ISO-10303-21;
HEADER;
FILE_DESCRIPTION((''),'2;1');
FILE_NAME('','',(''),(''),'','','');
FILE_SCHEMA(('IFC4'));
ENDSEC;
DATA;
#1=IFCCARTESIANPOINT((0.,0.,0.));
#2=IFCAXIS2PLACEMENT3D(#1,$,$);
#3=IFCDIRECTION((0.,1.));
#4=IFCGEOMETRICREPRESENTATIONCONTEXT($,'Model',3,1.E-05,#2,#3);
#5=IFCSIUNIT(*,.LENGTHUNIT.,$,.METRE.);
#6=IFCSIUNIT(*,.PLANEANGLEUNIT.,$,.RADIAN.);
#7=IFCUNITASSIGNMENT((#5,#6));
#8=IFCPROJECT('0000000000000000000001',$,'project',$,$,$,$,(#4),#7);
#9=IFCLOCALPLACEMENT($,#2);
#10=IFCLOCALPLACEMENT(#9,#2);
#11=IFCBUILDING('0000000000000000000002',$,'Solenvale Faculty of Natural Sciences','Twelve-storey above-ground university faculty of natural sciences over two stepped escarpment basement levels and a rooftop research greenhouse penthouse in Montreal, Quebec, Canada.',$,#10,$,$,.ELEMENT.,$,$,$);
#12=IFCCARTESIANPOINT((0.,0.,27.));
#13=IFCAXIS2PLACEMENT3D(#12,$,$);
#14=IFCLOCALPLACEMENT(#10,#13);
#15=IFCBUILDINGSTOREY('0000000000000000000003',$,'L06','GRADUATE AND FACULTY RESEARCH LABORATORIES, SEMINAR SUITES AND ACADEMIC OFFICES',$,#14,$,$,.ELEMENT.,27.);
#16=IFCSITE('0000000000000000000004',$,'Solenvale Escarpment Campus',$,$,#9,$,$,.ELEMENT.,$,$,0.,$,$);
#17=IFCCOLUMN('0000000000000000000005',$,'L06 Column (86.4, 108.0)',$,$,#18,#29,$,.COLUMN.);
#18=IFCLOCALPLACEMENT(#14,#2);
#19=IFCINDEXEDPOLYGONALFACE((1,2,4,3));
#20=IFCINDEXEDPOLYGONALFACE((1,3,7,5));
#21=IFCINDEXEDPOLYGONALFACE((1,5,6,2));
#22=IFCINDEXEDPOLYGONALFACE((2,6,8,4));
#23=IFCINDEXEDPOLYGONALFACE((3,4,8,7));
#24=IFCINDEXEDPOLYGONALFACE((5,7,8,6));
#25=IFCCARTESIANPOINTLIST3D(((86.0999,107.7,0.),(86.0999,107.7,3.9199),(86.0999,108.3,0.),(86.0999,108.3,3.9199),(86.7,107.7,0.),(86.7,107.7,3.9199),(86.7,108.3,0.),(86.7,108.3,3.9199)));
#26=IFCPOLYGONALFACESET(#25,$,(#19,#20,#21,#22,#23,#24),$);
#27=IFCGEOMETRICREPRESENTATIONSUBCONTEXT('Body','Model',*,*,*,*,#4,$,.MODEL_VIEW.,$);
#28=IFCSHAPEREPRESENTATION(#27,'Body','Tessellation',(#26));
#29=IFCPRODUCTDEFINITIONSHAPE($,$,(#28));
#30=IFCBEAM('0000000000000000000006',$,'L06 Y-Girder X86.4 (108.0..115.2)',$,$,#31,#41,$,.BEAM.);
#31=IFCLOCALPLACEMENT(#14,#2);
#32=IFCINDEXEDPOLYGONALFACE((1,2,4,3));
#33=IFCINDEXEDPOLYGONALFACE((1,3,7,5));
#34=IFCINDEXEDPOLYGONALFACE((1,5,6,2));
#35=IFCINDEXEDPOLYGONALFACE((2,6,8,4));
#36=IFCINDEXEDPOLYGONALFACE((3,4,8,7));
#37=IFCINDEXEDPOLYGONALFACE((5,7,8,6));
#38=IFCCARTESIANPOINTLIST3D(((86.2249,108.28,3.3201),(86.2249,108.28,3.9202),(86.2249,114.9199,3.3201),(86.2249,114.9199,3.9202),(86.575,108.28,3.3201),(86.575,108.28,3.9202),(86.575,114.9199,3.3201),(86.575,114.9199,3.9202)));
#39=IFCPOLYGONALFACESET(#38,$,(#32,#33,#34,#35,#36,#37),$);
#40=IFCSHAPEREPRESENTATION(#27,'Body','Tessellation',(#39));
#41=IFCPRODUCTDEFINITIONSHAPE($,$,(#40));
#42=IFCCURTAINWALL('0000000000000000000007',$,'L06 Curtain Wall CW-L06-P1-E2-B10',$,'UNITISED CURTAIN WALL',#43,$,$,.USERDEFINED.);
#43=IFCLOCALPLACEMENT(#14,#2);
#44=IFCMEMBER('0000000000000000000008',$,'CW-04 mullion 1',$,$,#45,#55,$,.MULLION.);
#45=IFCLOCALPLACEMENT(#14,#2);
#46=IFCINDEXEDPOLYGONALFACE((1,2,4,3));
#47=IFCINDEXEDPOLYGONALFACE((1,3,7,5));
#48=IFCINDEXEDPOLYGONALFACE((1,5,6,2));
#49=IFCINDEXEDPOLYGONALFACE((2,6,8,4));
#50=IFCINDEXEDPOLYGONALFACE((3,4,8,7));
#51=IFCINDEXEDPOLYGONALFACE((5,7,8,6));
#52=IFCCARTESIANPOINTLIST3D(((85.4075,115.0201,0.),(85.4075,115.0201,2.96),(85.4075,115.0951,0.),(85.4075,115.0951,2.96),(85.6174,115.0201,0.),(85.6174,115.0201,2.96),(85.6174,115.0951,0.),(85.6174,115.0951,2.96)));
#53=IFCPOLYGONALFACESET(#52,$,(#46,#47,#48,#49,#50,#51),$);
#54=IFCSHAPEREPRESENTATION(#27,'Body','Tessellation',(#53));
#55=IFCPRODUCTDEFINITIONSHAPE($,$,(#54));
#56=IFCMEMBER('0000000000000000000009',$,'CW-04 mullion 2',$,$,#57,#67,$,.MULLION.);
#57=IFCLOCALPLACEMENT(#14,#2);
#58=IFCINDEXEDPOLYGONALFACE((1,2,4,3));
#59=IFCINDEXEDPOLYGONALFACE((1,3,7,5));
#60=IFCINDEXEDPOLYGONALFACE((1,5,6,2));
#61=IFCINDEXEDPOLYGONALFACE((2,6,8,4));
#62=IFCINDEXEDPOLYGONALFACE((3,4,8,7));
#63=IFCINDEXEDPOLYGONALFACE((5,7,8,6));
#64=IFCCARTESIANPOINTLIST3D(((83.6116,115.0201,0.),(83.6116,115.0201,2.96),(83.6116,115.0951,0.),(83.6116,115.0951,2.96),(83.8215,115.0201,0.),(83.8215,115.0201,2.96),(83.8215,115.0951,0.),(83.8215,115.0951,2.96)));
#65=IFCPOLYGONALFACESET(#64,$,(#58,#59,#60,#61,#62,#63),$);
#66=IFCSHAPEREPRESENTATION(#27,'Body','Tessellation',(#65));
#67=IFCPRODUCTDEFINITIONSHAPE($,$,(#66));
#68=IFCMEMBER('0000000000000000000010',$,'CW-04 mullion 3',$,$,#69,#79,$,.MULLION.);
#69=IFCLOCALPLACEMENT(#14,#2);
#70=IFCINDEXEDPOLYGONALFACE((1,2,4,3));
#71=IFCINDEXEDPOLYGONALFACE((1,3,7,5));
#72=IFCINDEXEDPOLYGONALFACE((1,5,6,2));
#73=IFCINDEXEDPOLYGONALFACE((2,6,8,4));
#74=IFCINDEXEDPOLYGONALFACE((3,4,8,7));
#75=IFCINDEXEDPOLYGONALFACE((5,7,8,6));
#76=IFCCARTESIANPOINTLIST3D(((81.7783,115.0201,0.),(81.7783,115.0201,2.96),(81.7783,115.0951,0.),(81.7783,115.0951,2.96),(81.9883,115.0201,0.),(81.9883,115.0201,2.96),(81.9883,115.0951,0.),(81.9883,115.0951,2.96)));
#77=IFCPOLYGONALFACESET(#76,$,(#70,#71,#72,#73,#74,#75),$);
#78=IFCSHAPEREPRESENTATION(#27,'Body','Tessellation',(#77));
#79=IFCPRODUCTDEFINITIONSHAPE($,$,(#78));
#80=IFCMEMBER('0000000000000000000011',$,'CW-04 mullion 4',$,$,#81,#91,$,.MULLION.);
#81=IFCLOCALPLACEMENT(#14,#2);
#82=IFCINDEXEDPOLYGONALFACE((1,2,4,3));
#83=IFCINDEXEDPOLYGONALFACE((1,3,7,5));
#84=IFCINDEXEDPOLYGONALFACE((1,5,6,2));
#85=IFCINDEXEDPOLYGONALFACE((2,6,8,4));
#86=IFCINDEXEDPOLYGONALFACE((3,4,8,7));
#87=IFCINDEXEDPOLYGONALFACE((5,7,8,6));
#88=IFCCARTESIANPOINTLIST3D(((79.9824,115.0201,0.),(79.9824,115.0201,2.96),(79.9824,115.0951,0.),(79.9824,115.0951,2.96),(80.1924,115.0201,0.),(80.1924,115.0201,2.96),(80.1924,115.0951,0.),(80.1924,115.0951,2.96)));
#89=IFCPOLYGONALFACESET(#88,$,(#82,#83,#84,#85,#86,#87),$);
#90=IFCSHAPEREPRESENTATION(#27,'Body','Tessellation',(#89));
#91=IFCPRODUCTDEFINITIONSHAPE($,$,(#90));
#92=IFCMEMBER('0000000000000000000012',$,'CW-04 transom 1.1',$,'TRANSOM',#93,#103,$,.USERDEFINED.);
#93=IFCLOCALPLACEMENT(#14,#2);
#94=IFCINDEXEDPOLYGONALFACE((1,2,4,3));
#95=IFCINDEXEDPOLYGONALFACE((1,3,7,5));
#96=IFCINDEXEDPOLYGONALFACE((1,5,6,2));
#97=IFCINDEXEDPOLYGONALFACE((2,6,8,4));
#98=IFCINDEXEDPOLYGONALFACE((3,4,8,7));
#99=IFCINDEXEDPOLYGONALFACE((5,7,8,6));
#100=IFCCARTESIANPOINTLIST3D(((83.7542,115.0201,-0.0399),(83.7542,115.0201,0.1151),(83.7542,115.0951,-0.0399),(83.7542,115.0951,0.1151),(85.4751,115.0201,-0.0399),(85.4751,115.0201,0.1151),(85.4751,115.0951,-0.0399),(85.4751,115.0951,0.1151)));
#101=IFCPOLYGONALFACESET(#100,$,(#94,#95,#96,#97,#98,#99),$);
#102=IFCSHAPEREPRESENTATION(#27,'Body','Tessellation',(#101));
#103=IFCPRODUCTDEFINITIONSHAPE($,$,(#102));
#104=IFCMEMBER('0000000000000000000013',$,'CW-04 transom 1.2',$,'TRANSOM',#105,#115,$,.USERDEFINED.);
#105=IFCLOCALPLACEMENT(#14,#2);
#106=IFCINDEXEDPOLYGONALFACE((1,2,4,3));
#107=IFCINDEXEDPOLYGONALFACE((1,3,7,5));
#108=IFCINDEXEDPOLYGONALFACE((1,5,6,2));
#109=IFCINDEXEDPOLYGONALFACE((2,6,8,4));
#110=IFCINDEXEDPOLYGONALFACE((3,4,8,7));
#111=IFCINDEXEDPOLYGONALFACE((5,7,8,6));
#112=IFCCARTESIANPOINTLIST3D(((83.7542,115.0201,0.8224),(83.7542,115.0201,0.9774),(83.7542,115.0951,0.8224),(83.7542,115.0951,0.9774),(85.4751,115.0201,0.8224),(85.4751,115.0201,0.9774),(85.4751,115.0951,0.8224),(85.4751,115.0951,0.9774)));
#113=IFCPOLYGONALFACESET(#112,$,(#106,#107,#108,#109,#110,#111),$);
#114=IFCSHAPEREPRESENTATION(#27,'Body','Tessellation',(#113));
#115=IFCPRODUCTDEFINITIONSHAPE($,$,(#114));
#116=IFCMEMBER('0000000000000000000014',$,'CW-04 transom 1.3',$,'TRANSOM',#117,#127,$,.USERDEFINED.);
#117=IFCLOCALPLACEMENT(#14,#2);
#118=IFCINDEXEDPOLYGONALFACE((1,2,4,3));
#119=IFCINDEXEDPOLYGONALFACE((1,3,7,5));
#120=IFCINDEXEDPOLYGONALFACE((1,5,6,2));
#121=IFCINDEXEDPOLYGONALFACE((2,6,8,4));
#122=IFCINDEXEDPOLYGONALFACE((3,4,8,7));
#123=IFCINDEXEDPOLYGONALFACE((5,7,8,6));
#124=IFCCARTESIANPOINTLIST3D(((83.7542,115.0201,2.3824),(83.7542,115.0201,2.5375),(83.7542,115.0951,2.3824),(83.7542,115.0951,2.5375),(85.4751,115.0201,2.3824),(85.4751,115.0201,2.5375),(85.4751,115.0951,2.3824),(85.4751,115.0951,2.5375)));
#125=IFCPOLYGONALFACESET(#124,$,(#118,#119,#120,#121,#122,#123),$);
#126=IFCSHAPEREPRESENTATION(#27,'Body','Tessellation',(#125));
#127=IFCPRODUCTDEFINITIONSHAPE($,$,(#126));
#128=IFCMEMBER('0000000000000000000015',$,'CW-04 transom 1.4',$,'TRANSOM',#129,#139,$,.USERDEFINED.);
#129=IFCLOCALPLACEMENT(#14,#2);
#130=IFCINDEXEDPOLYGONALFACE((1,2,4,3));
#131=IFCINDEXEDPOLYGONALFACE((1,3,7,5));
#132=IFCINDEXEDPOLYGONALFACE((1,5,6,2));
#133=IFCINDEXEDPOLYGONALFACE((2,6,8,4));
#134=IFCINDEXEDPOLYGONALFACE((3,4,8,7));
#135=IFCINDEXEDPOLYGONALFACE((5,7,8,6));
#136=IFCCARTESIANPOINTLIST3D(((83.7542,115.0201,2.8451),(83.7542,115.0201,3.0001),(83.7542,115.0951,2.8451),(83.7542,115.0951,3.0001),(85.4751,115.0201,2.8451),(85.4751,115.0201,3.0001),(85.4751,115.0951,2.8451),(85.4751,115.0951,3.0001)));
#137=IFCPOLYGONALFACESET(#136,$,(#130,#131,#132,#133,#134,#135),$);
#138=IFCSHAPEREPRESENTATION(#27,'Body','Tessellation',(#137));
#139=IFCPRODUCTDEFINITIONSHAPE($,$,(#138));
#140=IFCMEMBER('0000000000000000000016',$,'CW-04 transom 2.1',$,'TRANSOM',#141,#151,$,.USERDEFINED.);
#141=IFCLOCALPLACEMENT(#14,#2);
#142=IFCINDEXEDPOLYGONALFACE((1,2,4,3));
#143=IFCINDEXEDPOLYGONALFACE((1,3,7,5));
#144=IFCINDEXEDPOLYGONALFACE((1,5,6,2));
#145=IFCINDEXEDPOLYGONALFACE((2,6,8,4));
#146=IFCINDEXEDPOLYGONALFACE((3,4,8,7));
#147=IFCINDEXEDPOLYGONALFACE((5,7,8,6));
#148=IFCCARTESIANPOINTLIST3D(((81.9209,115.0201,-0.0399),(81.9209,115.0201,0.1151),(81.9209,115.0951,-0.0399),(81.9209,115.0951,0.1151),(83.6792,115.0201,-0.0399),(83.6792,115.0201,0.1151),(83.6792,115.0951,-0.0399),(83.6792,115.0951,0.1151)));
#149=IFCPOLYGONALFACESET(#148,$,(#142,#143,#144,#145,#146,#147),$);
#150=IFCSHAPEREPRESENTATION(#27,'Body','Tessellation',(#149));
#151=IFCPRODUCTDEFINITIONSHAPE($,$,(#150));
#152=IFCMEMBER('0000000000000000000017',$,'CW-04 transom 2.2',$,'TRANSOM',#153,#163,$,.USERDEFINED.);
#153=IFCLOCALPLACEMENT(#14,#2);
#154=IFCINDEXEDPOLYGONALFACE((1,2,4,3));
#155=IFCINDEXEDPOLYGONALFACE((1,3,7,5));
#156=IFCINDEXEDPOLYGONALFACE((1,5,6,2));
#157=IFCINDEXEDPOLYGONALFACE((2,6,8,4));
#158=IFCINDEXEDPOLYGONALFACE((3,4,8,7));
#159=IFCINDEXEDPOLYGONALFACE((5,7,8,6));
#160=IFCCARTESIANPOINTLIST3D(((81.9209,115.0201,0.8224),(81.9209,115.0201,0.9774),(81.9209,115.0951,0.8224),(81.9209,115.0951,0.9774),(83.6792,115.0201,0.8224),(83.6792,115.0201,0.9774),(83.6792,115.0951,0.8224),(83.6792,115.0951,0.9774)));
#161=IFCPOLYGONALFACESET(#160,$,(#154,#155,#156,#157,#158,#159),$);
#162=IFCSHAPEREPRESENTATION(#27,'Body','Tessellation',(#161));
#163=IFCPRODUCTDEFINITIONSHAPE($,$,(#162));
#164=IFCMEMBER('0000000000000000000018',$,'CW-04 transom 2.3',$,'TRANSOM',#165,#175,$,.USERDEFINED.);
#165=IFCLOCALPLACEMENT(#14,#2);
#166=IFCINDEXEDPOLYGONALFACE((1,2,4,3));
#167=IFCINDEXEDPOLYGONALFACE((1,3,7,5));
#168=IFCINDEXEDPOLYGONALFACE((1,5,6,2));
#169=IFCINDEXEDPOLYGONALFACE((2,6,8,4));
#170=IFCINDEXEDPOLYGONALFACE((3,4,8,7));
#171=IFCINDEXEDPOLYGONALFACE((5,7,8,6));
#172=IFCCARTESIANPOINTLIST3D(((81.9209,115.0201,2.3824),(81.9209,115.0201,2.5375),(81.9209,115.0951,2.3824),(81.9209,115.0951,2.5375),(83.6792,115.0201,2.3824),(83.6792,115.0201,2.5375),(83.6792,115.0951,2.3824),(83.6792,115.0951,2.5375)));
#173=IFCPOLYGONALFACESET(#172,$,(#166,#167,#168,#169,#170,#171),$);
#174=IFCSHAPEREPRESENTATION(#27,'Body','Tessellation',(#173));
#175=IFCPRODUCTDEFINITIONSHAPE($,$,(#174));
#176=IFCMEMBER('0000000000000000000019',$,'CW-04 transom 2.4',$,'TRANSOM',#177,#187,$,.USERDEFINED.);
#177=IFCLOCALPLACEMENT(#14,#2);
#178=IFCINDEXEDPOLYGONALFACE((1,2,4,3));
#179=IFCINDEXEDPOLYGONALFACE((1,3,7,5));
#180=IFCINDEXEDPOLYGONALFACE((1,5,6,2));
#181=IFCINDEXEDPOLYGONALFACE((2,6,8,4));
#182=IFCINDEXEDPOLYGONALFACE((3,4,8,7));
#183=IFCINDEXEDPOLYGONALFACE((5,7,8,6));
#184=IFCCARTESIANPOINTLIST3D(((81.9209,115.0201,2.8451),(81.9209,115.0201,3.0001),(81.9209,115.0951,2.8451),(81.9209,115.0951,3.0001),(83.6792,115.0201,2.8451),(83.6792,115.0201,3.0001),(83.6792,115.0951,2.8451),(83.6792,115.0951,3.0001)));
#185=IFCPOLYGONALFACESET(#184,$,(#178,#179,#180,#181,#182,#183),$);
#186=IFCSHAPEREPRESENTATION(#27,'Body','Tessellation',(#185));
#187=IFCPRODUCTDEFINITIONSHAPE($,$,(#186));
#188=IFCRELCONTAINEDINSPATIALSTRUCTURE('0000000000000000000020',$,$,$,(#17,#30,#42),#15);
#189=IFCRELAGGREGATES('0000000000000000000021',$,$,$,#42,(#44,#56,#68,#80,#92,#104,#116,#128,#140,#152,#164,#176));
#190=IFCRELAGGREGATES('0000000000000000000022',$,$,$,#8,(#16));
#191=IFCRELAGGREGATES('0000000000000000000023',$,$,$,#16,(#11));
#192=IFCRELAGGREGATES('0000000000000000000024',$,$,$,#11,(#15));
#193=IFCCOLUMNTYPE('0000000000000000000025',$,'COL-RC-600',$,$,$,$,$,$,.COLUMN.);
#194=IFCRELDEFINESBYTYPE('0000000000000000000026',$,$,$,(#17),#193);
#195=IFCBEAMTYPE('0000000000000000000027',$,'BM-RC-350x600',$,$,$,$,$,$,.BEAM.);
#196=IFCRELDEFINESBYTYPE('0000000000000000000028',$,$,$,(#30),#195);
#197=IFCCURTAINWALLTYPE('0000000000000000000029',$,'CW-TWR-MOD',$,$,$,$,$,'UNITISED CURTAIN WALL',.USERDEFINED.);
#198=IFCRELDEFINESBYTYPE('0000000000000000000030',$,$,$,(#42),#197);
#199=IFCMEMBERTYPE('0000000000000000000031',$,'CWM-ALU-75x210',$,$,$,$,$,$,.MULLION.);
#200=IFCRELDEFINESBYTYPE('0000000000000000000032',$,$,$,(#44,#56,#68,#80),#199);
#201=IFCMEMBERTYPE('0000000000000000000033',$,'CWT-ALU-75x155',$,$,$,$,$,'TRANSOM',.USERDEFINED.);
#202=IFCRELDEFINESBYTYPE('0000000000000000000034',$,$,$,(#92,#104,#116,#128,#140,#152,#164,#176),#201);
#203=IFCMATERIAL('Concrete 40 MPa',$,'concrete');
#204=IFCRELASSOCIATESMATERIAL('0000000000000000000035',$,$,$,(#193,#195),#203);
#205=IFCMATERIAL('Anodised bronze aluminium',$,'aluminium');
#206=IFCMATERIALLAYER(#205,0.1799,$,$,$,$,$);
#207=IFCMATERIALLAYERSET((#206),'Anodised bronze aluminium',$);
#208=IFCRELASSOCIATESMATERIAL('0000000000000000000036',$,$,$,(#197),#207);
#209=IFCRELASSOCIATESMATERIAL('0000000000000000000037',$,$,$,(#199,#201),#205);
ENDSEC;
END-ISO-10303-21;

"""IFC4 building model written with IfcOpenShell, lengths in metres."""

from ifc_helpers import new_model, si_unit, direction, frame, origin, origin_2d, place, context, subcontext, project, spatial, rectangle, extrude, material, layer, layer_set, material_profile, profile_set, type_object, element, aggregate, save


model = new_model("IFC4")

# Units and contexts
model_context = context("Model", 3, precision=1e-05, world=origin(), true_north=direction((0.0, 1.0)))
body_context = subcontext(model_context, "Body", "Model", "MODEL_VIEW")
ifc_project = project(units=[si_unit("LENGTHUNIT", "METRE"), si_unit("PLANEANGLEUNIT", "RADIAN")], contexts=[model_context])

# Site, building, storey
site_placement = place(None, origin())
site = spatial("IfcSite", under=ifc_project, at=site_placement, Name="Solenvale Escarpment Campus", CompositionType="ELEMENT", RefElevation=0.0)
building_placement = place(site_placement, origin())
building = spatial("IfcBuilding", under=site, at=building_placement, Name="Solenvale Faculty of Natural Sciences", Description="Twelve-storey above-ground university faculty of natural sciences over two stepped escarpment basement levels and a rooftop research greenhouse penthouse in Montreal, Quebec, Canada.", CompositionType="ELEMENT")
storey_placement = place(building_placement, frame((0.0, 0.0, 27.0)))
storey = spatial("IfcBuildingStorey", under=building, at=storey_placement, Name="L06", Description="GRADUATE AND FACULTY RESEARCH LABORATORIES, SEMINAR SUITES AND ACADEMIC OFFICES", CompositionType="ELEMENT", Elevation=27.0)

# Column
ifc_material_1 = material(Name="Concrete 40 MPa", Category="concrete")
ifc_material_profile_1 = material_profile(ifc_material_1, rectangle(XDim=0.6001, YDim=0.6001, at=origin_2d()), Name="RC-COL-600x600")
ifc_profile_set_1 = profile_set([ifc_material_profile_1], Name="Concrete 40 MPa")
column_type = type_object("IfcColumnType", Name="COL-RC-600", PredefinedType="COLUMN", material=ifc_profile_set_1)
column_placement = place(storey_placement, frame((86.3999, 108.0, 0.0), z_axis=(0.0, 0.0, 1.0), x_axis=(1.0, 0.0, 0.0)))
element("IfcColumn", 1, at=column_placement, inside=storey, type_object=column_type, Name="L06 Column (86.4, 108.0)", PredefinedType="COLUMN", context=body_context, shape_type="SweptSolid", body=[
    extrude(rectangle(XDim=0.6001, YDim=0.6001, at=origin_2d()), origin(), (0.0, 0.0, 1.0), 3.9199),
])

# Beam
ifc_material_profile_2 = material_profile(ifc_material_1, rectangle(XDim=0.3501, YDim=0.6001, at=origin_2d()), Name="RC-BM-350x600")
ifc_profile_set_2 = profile_set([ifc_material_profile_2], Name="Concrete 40 MPa")
beam_type = type_object("IfcBeamType", Name="BM-RC-350x600", PredefinedType="BEAM", material=ifc_profile_set_2)
beam_placement = place(storey_placement, frame((86.3999, 108.28, 3.6201), z_axis=(0.0, 1.0, 0.0), x_axis=(-1.0, 0.0, 0.0)))
element("IfcBeam", 2, at=beam_placement, inside=storey, type_object=beam_type, Name="L06 Y-Girder X86.4 (108.0..115.2)", PredefinedType="BEAM", context=body_context, shape_type="SweptSolid", body=[
    extrude(rectangle(XDim=0.3501, YDim=0.6001, at=origin_2d()), origin(), (0.0, 0.0, 1.0), 6.6399),
])

# Curtain wall, members
ifc_material_2 = material(Name="Anodised bronze aluminium", Category="aluminium")
ifc_layer_1 = layer(ifc_material_2, 0.1799)
ifc_layer_set_1 = layer_set([ifc_layer_1], Name="Anodised bronze aluminium")
curtain_wall_type = type_object("IfcCurtainWallType", Name="CW-TWR-MOD", ElementType="UNITISED CURTAIN WALL", PredefinedType="USERDEFINED", material=ifc_layer_set_1)
curtain_wall_placement = place(storey_placement, origin())
curtain_wall = element("IfcCurtainWall", 3, at=curtain_wall_placement, inside=storey, type_object=curtain_wall_type, Name="L06 Curtain Wall CW-L06-P1-E2-B10", ObjectType="UNITISED CURTAIN WALL", PredefinedType="USERDEFINED")
ifc_material_profile_3 = material_profile(ifc_material_2, rectangle(XDim=0.075, YDim=0.21, at=origin_2d()), Name="ALU-MUL-75x210")
ifc_profile_set_3 = profile_set([ifc_material_profile_3], Name="Anodised bronze aluminium")
member_type_1 = type_object("IfcMemberType", Name="CWM-ALU-75x210", PredefinedType="MULLION", material=ifc_profile_set_3)
member_1_placement = place(storey_placement, frame((85.5125, 115.0576, 0.0), z_axis=(0.0, 0.0, 1.0), x_axis=(0.0, -1.0, 0.0)))
member_1 = element("IfcMember", 4, at=member_1_placement, type_object=member_type_1, Name="CW-04 mullion 1", PredefinedType="MULLION", context=body_context, shape_type="SweptSolid", body=[
    extrude(rectangle(XDim=0.075, YDim=0.21, at=origin_2d()), origin(), (0.0, 0.0, 1.0), 2.96),
])
member_2_placement = place(storey_placement, frame((83.7166, 115.0576, 0.0), z_axis=(0.0, 0.0, 1.0), x_axis=(0.0, -1.0, 0.0)))
member_2 = element("IfcMember", 5, at=member_2_placement, type_object=member_type_1, Name="CW-04 mullion 2", PredefinedType="MULLION", context=body_context, shape_type="SweptSolid", body=[
    extrude(rectangle(XDim=0.075, YDim=0.21, at=origin_2d()), origin(), (0.0, 0.0, 1.0), 2.96),
])
member_3_placement = place(storey_placement, frame((81.8833, 115.0576, 0.0), z_axis=(0.0, 0.0, 1.0), x_axis=(0.0, -1.0, 0.0)))
member_3 = element("IfcMember", 6, at=member_3_placement, type_object=member_type_1, Name="CW-04 mullion 3", PredefinedType="MULLION", context=body_context, shape_type="SweptSolid", body=[
    extrude(rectangle(XDim=0.075, YDim=0.21, at=origin_2d()), origin(), (0.0, 0.0, 1.0), 2.96),
])
member_4_placement = place(storey_placement, frame((80.0874, 115.0576, 0.0), z_axis=(0.0, 0.0, 1.0), x_axis=(0.0, -1.0, 0.0)))
member_4 = element("IfcMember", 7, at=member_4_placement, type_object=member_type_1, Name="CW-04 mullion 4", PredefinedType="MULLION", context=body_context, shape_type="SweptSolid", body=[
    extrude(rectangle(XDim=0.075, YDim=0.21, at=origin_2d()), origin(), (0.0, 0.0, 1.0), 2.96),
])
ifc_material_profile_4 = material_profile(ifc_material_2, rectangle(XDim=0.075, YDim=0.155, at=origin_2d()), Name="ALU-TRN-75x155")
ifc_profile_set_4 = profile_set([ifc_material_profile_4], Name="Anodised bronze aluminium")
member_type_2 = type_object("IfcMemberType", Name="CWT-ALU-75x155", ElementType="TRANSOM", PredefinedType="USERDEFINED", material=ifc_profile_set_4)
member_5_placement = place(storey_placement, frame((85.4751, 115.0576, 0.0376), z_axis=(-1.0, 0.0, 0.0), x_axis=(0.0, -1.0, 0.0)))
member_5 = element("IfcMember", 8, at=member_5_placement, type_object=member_type_2, Name="CW-04 transom 1.1", ObjectType="TRANSOM", PredefinedType="USERDEFINED", context=body_context, shape_type="SweptSolid", body=[
    extrude(rectangle(XDim=0.075, YDim=0.155, at=origin_2d()), origin(), (0.0, 0.0, 1.0), 1.7209),
])
member_6_placement = place(storey_placement, frame((85.4751, 115.0576, 0.8999), z_axis=(-1.0, 0.0, 0.0), x_axis=(0.0, -1.0, 0.0)))
member_6 = element("IfcMember", 9, at=member_6_placement, type_object=member_type_2, Name="CW-04 transom 1.2", ObjectType="TRANSOM", PredefinedType="USERDEFINED", context=body_context, shape_type="SweptSolid", body=[
    extrude(rectangle(XDim=0.075, YDim=0.155, at=origin_2d()), origin(), (0.0, 0.0, 1.0), 1.7209),
])
member_7_placement = place(storey_placement, frame((85.4751, 115.0576, 2.46), z_axis=(-1.0, 0.0, 0.0), x_axis=(0.0, -1.0, 0.0)))
member_7 = element("IfcMember", 10, at=member_7_placement, type_object=member_type_2, Name="CW-04 transom 1.3", ObjectType="TRANSOM", PredefinedType="USERDEFINED", context=body_context, shape_type="SweptSolid", body=[
    extrude(rectangle(XDim=0.075, YDim=0.155, at=origin_2d()), origin(), (0.0, 0.0, 1.0), 1.7209),
])
member_8_placement = place(storey_placement, frame((85.4751, 115.0576, 2.9226), z_axis=(-1.0, 0.0, 0.0), x_axis=(0.0, -1.0, 0.0)))
member_8 = element("IfcMember", 11, at=member_8_placement, type_object=member_type_2, Name="CW-04 transom 1.4", ObjectType="TRANSOM", PredefinedType="USERDEFINED", context=body_context, shape_type="SweptSolid", body=[
    extrude(rectangle(XDim=0.075, YDim=0.155, at=origin_2d()), origin(), (0.0, 0.0, 1.0), 1.7209),
])
member_9_placement = place(storey_placement, frame((83.6792, 115.0576, 0.0376), z_axis=(-1.0, 0.0, 0.0), x_axis=(0.0, -1.0, 0.0)))
member_9 = element("IfcMember", 12, at=member_9_placement, type_object=member_type_2, Name="CW-04 transom 2.1", ObjectType="TRANSOM", PredefinedType="USERDEFINED", context=body_context, shape_type="SweptSolid", body=[
    extrude(rectangle(XDim=0.075, YDim=0.155, at=origin_2d()), origin(), (0.0, 0.0, 1.0), 1.7583),
])
member_10_placement = place(storey_placement, frame((83.6792, 115.0576, 0.8999), z_axis=(-1.0, 0.0, 0.0), x_axis=(0.0, -1.0, 0.0)))
member_10 = element("IfcMember", 13, at=member_10_placement, type_object=member_type_2, Name="CW-04 transom 2.2", ObjectType="TRANSOM", PredefinedType="USERDEFINED", context=body_context, shape_type="SweptSolid", body=[
    extrude(rectangle(XDim=0.075, YDim=0.155, at=origin_2d()), origin(), (0.0, 0.0, 1.0), 1.7583),
])
member_11_placement = place(storey_placement, frame((83.6792, 115.0576, 2.46), z_axis=(-1.0, 0.0, 0.0), x_axis=(0.0, -1.0, 0.0)))
member_11 = element("IfcMember", 14, at=member_11_placement, type_object=member_type_2, Name="CW-04 transom 2.3", ObjectType="TRANSOM", PredefinedType="USERDEFINED", context=body_context, shape_type="SweptSolid", body=[
    extrude(rectangle(XDim=0.075, YDim=0.155, at=origin_2d()), origin(), (0.0, 0.0, 1.0), 1.7583),
])
member_12_placement = place(storey_placement, frame((83.6792, 115.0576, 2.9226), z_axis=(-1.0, 0.0, 0.0), x_axis=(0.0, -1.0, 0.0)))
member_12 = element("IfcMember", 15, at=member_12_placement, type_object=member_type_2, Name="CW-04 transom 2.4", ObjectType="TRANSOM", PredefinedType="USERDEFINED", context=body_context, shape_type="SweptSolid", body=[
    extrude(rectangle(XDim=0.075, YDim=0.155, at=origin_2d()), origin(), (0.0, 0.0, 1.0), 1.7583),
])
aggregate(curtain_wall, [member_1, member_2, member_3, member_4, member_5, member_6, member_7, member_8, member_9, member_10, member_11, member_12])

save(model, "model.ifc")
